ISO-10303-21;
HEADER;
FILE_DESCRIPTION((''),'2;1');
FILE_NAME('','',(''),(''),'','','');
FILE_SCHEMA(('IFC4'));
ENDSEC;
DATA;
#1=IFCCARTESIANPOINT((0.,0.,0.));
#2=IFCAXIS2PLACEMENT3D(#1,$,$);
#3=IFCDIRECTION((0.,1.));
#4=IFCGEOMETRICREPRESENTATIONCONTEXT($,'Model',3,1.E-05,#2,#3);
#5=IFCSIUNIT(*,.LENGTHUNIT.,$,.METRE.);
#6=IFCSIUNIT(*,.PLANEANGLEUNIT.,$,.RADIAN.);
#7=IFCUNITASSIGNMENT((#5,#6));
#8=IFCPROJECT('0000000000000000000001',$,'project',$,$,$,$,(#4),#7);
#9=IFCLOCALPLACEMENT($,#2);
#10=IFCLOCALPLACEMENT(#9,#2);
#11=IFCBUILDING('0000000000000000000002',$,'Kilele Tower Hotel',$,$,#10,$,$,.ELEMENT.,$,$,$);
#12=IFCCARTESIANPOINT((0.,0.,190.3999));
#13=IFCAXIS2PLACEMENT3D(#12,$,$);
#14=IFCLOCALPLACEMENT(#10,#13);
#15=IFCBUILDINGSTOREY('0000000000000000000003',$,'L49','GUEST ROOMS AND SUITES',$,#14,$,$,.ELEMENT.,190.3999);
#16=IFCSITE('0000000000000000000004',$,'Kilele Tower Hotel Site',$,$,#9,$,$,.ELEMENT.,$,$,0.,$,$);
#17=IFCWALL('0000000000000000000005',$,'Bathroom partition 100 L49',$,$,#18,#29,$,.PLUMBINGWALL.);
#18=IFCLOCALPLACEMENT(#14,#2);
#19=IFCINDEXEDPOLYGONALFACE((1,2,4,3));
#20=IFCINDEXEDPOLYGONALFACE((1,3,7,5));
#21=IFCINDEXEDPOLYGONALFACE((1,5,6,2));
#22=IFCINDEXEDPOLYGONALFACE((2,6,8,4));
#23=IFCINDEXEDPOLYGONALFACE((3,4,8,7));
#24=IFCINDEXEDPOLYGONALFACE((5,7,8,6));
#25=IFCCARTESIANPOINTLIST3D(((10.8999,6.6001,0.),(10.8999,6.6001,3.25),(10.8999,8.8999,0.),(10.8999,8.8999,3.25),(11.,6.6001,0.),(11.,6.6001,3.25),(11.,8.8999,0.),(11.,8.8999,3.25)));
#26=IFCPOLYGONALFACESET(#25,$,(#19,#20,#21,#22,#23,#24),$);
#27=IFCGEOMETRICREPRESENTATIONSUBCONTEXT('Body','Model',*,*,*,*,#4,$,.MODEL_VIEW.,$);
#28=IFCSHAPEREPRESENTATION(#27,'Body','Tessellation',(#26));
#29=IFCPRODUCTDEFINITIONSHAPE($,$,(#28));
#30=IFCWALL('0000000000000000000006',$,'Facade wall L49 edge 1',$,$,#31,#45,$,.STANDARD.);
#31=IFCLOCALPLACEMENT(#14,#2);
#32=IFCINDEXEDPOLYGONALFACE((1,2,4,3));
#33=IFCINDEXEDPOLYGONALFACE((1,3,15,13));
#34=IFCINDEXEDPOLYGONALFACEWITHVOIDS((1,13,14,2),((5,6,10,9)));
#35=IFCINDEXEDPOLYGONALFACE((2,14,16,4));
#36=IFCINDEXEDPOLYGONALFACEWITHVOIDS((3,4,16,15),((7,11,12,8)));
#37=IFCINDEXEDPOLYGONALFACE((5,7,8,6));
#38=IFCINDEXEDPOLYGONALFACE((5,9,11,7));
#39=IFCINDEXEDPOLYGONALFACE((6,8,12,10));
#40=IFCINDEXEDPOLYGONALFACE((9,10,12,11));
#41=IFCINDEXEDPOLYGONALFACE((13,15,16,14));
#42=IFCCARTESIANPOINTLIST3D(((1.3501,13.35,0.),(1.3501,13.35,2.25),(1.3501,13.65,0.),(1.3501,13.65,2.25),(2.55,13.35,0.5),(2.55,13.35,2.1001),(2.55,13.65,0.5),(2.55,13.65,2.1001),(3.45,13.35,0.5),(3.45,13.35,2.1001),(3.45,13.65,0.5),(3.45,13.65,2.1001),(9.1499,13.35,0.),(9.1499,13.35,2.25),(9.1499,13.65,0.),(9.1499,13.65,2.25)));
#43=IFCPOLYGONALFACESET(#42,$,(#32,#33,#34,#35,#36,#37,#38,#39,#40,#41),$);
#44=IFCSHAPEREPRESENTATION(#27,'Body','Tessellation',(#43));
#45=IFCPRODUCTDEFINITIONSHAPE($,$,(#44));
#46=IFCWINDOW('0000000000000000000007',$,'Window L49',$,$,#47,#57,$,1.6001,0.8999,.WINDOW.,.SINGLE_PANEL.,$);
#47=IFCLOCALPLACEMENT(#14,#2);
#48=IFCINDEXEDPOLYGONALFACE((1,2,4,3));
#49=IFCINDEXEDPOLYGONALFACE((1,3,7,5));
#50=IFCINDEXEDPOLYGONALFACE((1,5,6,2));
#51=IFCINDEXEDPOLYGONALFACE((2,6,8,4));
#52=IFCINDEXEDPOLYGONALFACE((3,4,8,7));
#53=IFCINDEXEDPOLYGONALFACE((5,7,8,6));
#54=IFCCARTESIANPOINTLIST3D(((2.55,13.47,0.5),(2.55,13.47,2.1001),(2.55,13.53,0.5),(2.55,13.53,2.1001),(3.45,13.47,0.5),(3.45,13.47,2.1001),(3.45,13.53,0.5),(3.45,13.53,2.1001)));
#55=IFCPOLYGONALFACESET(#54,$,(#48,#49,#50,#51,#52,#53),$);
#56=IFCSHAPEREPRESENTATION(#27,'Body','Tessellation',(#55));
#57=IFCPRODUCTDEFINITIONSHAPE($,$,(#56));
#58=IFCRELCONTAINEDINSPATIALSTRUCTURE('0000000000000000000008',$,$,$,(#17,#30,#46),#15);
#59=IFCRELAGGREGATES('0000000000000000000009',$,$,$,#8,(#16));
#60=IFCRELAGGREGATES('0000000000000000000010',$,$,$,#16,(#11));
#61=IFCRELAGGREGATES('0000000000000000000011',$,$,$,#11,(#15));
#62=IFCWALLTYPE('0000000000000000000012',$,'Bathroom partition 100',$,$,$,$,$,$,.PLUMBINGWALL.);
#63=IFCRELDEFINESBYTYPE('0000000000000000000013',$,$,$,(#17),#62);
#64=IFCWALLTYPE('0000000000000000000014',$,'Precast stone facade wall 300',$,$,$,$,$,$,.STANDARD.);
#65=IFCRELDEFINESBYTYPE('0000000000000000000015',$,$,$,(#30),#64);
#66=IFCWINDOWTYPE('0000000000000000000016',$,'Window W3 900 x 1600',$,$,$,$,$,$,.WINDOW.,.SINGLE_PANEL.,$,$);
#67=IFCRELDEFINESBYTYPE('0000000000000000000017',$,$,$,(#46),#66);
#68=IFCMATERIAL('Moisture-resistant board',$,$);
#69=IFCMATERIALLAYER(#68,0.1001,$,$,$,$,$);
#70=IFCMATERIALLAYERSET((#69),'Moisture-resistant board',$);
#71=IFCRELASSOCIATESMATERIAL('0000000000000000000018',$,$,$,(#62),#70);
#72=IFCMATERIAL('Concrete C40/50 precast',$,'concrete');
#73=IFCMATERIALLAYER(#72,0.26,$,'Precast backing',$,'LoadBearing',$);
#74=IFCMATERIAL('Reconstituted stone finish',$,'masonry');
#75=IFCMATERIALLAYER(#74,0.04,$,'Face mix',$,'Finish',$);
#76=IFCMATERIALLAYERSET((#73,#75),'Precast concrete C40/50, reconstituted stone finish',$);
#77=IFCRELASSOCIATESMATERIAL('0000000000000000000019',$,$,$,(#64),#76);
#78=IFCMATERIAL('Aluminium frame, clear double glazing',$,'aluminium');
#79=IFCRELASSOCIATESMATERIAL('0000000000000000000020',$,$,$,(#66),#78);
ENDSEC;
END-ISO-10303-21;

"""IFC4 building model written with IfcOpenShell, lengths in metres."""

from ifc_helpers import new_model, si_unit, direction, frame, frame_2d, origin, place, context, subcontext, project, spatial, rectangle, extrude, material, layer, layer_set, type_object, element, fill, save


model = new_model("IFC4")

# Units and contexts
model_context = context("Model", 3, precision=1e-05, world=origin(), true_north=direction((0.0, 1.0)))
body_context = subcontext(model_context, "Body", "Model", "MODEL_VIEW")
ifc_project = project(units=[si_unit("LENGTHUNIT", "METRE"), si_unit("PLANEANGLEUNIT", "RADIAN")], contexts=[model_context])

# Site, building, storey
site_placement = place(None, origin())
site = spatial("IfcSite", under=ifc_project, at=site_placement, Name="Kilele Tower Hotel Site", CompositionType="ELEMENT", RefElevation=0.0)
building_placement = place(site_placement, origin())
building = spatial("IfcBuilding", under=site, at=building_placement, Name="Kilele Tower Hotel", CompositionType="ELEMENT")
storey_placement = place(building_placement, frame((0.0, 0.0, 190.3999)))
storey = spatial("IfcBuildingStorey", under=building, at=storey_placement, Name="L49", Description="GUEST ROOMS AND SUITES", CompositionType="ELEMENT", Elevation=190.3999)

# Wall
ifc_material_1 = material(Name="Moisture-resistant board")
ifc_layer_1 = layer(ifc_material_1, 0.1001)
ifc_layer_set_1 = layer_set([ifc_layer_1], Name="Moisture-resistant board")
wall_type_1 = type_object("IfcWallType", Name="Bathroom partition 100", PredefinedType="PLUMBINGWALL", material=ifc_layer_set_1)
wall_1_placement = place(storey_placement, frame((10.95, 8.8999, 0.0), z_axis=(0.0, 0.0, 1.0), x_axis=(0.0, -1.0, 0.0)))
element("IfcWall", 1, at=wall_1_placement, inside=storey, type_object=wall_type_1, Name="Bathroom partition 100 L49", PredefinedType="PLUMBINGWALL", context=body_context, shape_type="SweptSolid", body=[
    extrude(rectangle(XDim=2.2998, YDim=0.1001, at=frame_2d((1.1499, 0.0))), origin(), (0.0, 0.0, 1.0), 3.25),
])

# Wall, opening, window
ifc_material_2 = material(Name="Concrete C40/50 precast", Category="concrete")
ifc_layer_2 = layer(ifc_material_2, 0.26, Name="Precast backing", Category="LoadBearing")
ifc_material_3 = material(Name="Reconstituted stone finish", Category="masonry")
ifc_layer_3 = layer(ifc_material_3, 0.04, Name="Face mix", Category="Finish")
ifc_layer_set_2 = layer_set([ifc_layer_2, ifc_layer_3], Name="Precast concrete C40/50, reconstituted stone finish")
wall_type_2 = type_object("IfcWallType", Name="Precast stone facade wall 300", PredefinedType="STANDARD", material=ifc_layer_set_2)
wall_2_placement = place(storey_placement, frame((1.3501, 13.5, 0.0), z_axis=(0.0, 0.0, 1.0), x_axis=(1.0, 0.0, 0.0)))
wall_2 = element("IfcWall", 2, at=wall_2_placement, inside=storey, type_object=wall_type_2, Name="Facade wall L49 edge 1", PredefinedType="STANDARD", context=body_context, shape_type="SweptSolid", body=[
    extrude(rectangle(XDim=7.7998, YDim=0.3, at=frame_2d((3.8999, 0.0))), origin(), (0.0, 0.0, 1.0), 2.25),
])
opening_1_placement = place(wall_2_placement, frame((1.2, 0.0, 0.5)))
opening_1 = element("IfcOpeningElement", 3, at=opening_1_placement, cuts=wall_2, PredefinedType="OPENING", context=body_context, shape_type="SweptSolid", body=[
    extrude(rectangle(XDim=0.8999, YDim=1.6001, at=frame_2d((0.45, 0.8))), frame((0.0, 0.1599, 0.0), z_axis=(0.0, -1.0, 0.0), x_axis=(1.0, 0.0, 0.0)), (0.0, 0.0, 1.0), 0.3201),
])
ifc_material_4 = material(Name="Aluminium frame, clear double glazing", Category="aluminium")
window_type_1 = type_object("IfcWindowType", Name="Window W3 900 x 1600", PartitioningType="SINGLE_PANEL", PredefinedType="WINDOW", material=ifc_material_4)
window_1_placement = place(opening_1_placement, origin())
window_1 = element("IfcWindow", 4, at=window_1_placement, inside=storey, type_object=window_type_1, Name="Window L49", OverallHeight=1.6001, OverallWidth=0.8999, PartitioningType="SINGLE_PANEL", PredefinedType="WINDOW", context=body_context, shape_type="SweptSolid", body=[
    extrude(rectangle(XDim=0.8999, YDim=1.6001, at=frame_2d((0.45, 0.8))), frame((0.0, 0.03, 0.0), z_axis=(0.0, -1.0, 0.0), x_axis=(1.0, 0.0, 0.0)), (0.0, 0.0, 1.0), 0.0601),
])
fill(opening_1, window_1)

save(model, "model.ifc")
